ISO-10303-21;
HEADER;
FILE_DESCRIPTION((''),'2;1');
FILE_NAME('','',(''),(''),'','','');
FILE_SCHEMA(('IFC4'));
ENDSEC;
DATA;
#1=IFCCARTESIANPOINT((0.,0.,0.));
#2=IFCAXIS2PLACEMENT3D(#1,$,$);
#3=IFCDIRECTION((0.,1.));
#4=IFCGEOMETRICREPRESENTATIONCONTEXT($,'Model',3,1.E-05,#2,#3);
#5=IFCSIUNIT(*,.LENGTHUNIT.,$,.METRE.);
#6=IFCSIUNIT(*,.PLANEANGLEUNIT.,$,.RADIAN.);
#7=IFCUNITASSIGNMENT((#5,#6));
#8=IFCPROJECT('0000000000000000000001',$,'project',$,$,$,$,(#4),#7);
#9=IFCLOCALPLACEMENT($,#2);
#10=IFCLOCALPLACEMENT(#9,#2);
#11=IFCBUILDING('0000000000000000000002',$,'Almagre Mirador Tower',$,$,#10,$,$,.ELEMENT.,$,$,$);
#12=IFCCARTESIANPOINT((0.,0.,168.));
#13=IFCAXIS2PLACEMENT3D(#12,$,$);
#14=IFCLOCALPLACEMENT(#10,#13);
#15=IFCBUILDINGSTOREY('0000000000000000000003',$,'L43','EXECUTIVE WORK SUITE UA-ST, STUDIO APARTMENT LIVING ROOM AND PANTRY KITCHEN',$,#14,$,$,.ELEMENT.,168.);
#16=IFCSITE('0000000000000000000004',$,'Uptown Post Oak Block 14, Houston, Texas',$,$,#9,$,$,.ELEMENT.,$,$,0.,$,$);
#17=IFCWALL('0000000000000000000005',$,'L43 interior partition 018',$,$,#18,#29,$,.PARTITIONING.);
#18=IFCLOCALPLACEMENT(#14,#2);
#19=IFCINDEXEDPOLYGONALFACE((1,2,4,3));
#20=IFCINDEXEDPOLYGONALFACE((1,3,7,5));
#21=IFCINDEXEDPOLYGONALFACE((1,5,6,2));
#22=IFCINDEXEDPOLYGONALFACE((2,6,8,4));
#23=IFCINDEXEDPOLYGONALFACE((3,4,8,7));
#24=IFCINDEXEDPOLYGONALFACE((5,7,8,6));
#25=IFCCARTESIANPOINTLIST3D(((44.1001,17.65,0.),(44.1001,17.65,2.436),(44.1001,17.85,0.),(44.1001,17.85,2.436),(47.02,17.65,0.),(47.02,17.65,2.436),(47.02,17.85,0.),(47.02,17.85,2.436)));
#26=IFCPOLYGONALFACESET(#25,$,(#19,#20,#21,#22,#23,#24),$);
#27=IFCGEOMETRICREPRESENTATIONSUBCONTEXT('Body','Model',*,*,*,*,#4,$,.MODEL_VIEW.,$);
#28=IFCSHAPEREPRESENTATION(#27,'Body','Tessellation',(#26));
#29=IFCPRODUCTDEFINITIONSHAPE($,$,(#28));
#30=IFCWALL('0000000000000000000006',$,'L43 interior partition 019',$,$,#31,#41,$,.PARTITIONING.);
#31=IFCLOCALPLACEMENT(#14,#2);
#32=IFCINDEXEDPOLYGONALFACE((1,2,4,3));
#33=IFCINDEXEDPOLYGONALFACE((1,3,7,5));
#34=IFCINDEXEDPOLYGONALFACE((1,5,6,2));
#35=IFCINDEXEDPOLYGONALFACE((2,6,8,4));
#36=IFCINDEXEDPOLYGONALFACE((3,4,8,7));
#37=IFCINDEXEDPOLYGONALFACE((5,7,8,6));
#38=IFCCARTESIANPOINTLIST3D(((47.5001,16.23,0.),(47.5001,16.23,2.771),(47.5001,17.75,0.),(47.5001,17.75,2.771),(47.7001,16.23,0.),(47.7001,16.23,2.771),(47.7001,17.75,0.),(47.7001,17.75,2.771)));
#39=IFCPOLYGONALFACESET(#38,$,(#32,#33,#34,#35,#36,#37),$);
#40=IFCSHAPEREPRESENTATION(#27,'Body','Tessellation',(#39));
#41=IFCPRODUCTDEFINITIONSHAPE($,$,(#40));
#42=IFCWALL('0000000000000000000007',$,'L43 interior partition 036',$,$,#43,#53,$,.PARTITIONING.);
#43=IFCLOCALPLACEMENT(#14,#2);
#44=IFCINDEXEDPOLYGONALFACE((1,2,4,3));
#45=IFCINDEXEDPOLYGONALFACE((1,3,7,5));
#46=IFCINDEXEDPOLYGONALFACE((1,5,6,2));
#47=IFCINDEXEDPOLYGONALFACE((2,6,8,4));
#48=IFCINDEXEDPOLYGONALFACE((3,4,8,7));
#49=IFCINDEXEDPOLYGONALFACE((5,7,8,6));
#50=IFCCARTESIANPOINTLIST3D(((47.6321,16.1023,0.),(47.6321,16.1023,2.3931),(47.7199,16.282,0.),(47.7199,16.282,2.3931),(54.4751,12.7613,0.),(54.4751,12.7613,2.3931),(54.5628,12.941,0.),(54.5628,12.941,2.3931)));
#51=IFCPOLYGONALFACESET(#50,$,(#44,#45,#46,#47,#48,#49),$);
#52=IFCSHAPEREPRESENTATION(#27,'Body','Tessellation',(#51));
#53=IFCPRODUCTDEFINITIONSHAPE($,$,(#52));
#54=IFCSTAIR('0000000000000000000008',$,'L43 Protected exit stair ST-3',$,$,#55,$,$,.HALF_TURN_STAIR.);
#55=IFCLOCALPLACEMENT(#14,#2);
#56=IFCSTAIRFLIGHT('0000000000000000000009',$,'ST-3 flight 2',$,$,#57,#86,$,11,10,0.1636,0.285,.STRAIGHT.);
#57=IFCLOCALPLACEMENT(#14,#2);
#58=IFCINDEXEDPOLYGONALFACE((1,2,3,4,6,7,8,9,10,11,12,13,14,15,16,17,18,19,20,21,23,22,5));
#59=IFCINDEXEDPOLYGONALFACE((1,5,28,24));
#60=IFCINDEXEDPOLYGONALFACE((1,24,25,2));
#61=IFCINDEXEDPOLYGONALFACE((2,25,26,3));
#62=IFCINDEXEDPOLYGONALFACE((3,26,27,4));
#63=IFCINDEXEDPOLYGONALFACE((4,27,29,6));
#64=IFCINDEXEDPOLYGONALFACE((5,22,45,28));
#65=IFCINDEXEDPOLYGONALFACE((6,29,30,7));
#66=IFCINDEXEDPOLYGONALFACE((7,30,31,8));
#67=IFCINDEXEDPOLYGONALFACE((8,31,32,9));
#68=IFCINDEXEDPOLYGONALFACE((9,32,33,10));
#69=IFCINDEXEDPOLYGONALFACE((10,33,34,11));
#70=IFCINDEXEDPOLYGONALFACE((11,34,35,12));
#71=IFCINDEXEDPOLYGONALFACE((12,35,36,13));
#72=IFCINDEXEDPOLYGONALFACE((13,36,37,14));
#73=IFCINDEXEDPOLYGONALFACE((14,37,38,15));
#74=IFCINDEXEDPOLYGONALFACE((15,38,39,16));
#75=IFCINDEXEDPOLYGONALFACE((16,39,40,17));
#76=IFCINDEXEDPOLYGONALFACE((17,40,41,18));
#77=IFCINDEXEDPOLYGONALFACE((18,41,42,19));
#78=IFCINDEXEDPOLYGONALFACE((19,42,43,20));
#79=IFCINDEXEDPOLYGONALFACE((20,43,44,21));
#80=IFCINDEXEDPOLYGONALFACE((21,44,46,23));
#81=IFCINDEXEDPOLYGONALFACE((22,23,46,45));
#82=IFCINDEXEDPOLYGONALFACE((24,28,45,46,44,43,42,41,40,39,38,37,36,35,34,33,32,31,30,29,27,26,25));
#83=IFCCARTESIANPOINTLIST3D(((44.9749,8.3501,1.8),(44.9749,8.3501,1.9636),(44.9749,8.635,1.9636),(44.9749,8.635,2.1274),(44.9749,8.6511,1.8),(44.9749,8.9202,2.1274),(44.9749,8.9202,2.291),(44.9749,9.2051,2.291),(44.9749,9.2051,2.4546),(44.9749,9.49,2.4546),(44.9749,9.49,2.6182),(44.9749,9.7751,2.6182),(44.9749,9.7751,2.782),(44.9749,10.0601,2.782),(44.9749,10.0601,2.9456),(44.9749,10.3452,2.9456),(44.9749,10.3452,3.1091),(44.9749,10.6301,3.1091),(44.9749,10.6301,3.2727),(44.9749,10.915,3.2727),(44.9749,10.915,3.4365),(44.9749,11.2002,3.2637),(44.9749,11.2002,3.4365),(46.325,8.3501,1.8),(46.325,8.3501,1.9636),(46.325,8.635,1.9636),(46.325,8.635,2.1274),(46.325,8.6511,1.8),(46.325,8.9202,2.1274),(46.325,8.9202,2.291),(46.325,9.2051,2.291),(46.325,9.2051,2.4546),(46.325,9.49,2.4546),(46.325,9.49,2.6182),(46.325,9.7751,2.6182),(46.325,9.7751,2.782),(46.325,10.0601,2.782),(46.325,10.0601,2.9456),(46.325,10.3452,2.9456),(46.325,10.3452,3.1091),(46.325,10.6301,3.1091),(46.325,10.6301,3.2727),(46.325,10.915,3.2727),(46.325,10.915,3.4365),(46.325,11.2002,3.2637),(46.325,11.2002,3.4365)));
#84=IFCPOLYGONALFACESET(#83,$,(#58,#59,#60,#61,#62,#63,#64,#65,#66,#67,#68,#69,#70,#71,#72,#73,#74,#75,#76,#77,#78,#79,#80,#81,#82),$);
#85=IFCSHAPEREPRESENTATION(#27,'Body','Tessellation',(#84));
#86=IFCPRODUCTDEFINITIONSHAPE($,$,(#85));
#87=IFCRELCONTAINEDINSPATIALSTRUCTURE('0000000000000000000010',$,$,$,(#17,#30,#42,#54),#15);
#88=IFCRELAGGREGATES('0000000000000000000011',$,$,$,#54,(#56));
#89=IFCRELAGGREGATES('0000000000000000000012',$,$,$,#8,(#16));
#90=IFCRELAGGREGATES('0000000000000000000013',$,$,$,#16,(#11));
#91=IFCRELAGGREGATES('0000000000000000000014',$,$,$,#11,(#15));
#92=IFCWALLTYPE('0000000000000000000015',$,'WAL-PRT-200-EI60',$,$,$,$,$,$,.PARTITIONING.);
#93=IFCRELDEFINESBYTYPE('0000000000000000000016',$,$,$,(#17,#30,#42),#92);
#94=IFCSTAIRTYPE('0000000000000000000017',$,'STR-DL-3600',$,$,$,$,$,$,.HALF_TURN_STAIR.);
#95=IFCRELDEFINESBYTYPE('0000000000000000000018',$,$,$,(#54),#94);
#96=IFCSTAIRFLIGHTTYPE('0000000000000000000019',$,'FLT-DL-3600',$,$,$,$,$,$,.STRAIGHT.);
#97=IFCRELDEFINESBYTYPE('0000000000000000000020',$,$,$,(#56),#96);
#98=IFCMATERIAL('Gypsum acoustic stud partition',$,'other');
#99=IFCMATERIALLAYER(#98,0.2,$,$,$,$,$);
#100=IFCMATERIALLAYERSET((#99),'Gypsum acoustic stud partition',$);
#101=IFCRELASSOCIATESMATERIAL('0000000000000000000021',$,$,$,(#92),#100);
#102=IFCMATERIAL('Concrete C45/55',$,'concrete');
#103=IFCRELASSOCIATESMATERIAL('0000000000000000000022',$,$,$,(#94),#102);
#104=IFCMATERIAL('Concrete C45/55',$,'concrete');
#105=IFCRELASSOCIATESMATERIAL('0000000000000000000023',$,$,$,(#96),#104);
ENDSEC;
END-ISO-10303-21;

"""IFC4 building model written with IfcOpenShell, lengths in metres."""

from ifc_helpers import new_model, si_unit, direction, frame, frame_2d, origin, place, context, subcontext, project, spatial, polyline, rectangle, outline, extrude, material, layer, layer_set, type_object, element, aggregate, save


model = new_model("IFC4")

# Units and contexts
model_context = context("Model", 3, precision=1e-05, world=origin(), true_north=direction((0.0, 1.0)))
body_context = subcontext(model_context, "Body", "Model", "MODEL_VIEW")
ifc_project = project(units=[si_unit("LENGTHUNIT", "METRE"), si_unit("PLANEANGLEUNIT", "RADIAN")], contexts=[model_context])

# Site, building, storey
site_placement = place(None, origin())
site = spatial("IfcSite", under=ifc_project, at=site_placement, Name="Uptown Post Oak Block 14, Houston, Texas", CompositionType="ELEMENT", RefElevation=0.0)
building_placement = place(site_placement, origin())
building = spatial("IfcBuilding", under=site, at=building_placement, Name="Almagre Mirador Tower", CompositionType="ELEMENT")
storey_placement = place(building_placement, frame((0.0, 0.0, 168.0)))
storey = spatial("IfcBuildingStorey", under=building, at=storey_placement, Name="L43", Description="EXECUTIVE WORK SUITE UA-ST, STUDIO APARTMENT LIVING ROOM AND PANTRY KITCHEN", CompositionType="ELEMENT", Elevation=168.0)

# Walls
ifc_material_1 = material(Name="Gypsum acoustic stud partition", Category="other")
ifc_layer_1 = layer(ifc_material_1, 0.2)
ifc_layer_set_1 = layer_set([ifc_layer_1], Name="Gypsum acoustic stud partition")
wall_type_1 = type_object("IfcWallType", Name="WAL-PRT-200-EI60", PredefinedType="PARTITIONING", material=ifc_layer_set_1)
wall_1_placement = place(storey_placement, frame((47.02, 17.75, 0.0), z_axis=(0.0, 0.0, 1.0), x_axis=(-1.0, 0.0, 0.0)))
element("IfcWall", 1, at=wall_1_placement, inside=storey, type_object=wall_type_1, Name="L43 interior partition 018", PredefinedType="PARTITIONING", context=body_context, shape_type="SweptSolid", body=[
    extrude(rectangle(XDim=2.9199, YDim=0.2, at=frame_2d((1.46, 0.0))), origin(), (0.0, 0.0, 1.0), 2.436),
])
wall_2_placement = place(storey_placement, frame((47.6001, 16.23, 0.0), z_axis=(0.0, 0.0, 1.0), x_axis=(0.0, 1.0, 0.0)))
element("IfcWall", 2, at=wall_2_placement, inside=storey, type_object=wall_type_1, Name="L43 interior partition 019", PredefinedType="PARTITIONING", context=body_context, shape_type="SweptSolid", body=[
    extrude(rectangle(XDim=1.52, YDim=0.2, at=frame_2d((0.76, 0.0))), origin(), (0.0, 0.0, 1.0), 2.771),
])
wall_3_placement = place(storey_placement, frame((54.519, 12.8511, 0.0), z_axis=(0.0, 0.0, 1.0), x_axis=(-0.898613, 0.438743, 0.0)))
element("IfcWall", 3, at=wall_3_placement, inside=storey, type_object=wall_type_1, Name="L43 interior partition 036", PredefinedType="PARTITIONING", context=body_context, shape_type="SweptSolid", body=[
    extrude(rectangle(XDim=7.615, YDim=0.2, at=frame_2d((3.8076, 0.0))), origin(), (0.0, 0.0, 1.0), 2.3931),
])

# Stair, stair flight
ifc_material_2 = material(Name="Concrete C45/55", Category="concrete")
stair_type = type_object("IfcStairType", Name="STR-DL-3600", PredefinedType="HALF_TURN_STAIR", material=ifc_material_2)
stair_placement = place(storey_placement, origin())
stair = element("IfcStair", 4, at=stair_placement, inside=storey, type_object=stair_type, Name="L43 Protected exit stair ST-3", PredefinedType="HALF_TURN_STAIR")
ifc_material_3 = material(Name="Concrete C45/55", Category="concrete")
stair_flight_type = type_object("IfcStairFlightType", Name="FLT-DL-3600", PredefinedType="STRAIGHT", material=ifc_material_3)
stair_flight_placement = place(storey_placement, frame((45.6499, 8.3501, 1.8), z_axis=(0.0, 0.0, 1.0), x_axis=(0.0, 1.0, 0.0)))
stair_flight = element("IfcStairFlight", 5, at=stair_flight_placement, type_object=stair_flight_type, Name="ST-3 flight 2", NumberOfRisers=11, NumberOfTreads=10, PredefinedType="STRAIGHT", RiserHeight=0.1636, TreadLength=0.285, context=body_context, shape_type="SweptSolid", body=[
    extrude(outline(polyline([(0.0, 0.0), (0.0, 0.1636), (0.2849, 0.1636), (0.2849, 0.3274), (0.5701, 0.3274), (0.5701, 0.491), (0.855, 0.491), (0.855, 0.6545), (1.1399, 0.6545), (1.1399, 0.8181), (1.425, 0.8181), (1.425, 0.9819), (1.71, 0.9819), (1.71, 1.1455), (1.9951, 1.1455), (1.9951, 1.3091), (2.28, 1.3091), (2.28, 1.4727), (2.5649, 1.4727), (2.5649, 1.6365), (2.8501, 1.6365), (2.8501, 1.8), (2.8501, 1.4636), (0.301, 0.0), (0.0, 0.0)])), frame((0.0, 0.675, 0.0), z_axis=(0.0, -1.0, 0.0), x_axis=(1.0, 0.0, 0.0)), (0.0, 0.0, 1.0), 1.3501),
])
aggregate(stair, [stair_flight])

save(model, "model.ifc")
